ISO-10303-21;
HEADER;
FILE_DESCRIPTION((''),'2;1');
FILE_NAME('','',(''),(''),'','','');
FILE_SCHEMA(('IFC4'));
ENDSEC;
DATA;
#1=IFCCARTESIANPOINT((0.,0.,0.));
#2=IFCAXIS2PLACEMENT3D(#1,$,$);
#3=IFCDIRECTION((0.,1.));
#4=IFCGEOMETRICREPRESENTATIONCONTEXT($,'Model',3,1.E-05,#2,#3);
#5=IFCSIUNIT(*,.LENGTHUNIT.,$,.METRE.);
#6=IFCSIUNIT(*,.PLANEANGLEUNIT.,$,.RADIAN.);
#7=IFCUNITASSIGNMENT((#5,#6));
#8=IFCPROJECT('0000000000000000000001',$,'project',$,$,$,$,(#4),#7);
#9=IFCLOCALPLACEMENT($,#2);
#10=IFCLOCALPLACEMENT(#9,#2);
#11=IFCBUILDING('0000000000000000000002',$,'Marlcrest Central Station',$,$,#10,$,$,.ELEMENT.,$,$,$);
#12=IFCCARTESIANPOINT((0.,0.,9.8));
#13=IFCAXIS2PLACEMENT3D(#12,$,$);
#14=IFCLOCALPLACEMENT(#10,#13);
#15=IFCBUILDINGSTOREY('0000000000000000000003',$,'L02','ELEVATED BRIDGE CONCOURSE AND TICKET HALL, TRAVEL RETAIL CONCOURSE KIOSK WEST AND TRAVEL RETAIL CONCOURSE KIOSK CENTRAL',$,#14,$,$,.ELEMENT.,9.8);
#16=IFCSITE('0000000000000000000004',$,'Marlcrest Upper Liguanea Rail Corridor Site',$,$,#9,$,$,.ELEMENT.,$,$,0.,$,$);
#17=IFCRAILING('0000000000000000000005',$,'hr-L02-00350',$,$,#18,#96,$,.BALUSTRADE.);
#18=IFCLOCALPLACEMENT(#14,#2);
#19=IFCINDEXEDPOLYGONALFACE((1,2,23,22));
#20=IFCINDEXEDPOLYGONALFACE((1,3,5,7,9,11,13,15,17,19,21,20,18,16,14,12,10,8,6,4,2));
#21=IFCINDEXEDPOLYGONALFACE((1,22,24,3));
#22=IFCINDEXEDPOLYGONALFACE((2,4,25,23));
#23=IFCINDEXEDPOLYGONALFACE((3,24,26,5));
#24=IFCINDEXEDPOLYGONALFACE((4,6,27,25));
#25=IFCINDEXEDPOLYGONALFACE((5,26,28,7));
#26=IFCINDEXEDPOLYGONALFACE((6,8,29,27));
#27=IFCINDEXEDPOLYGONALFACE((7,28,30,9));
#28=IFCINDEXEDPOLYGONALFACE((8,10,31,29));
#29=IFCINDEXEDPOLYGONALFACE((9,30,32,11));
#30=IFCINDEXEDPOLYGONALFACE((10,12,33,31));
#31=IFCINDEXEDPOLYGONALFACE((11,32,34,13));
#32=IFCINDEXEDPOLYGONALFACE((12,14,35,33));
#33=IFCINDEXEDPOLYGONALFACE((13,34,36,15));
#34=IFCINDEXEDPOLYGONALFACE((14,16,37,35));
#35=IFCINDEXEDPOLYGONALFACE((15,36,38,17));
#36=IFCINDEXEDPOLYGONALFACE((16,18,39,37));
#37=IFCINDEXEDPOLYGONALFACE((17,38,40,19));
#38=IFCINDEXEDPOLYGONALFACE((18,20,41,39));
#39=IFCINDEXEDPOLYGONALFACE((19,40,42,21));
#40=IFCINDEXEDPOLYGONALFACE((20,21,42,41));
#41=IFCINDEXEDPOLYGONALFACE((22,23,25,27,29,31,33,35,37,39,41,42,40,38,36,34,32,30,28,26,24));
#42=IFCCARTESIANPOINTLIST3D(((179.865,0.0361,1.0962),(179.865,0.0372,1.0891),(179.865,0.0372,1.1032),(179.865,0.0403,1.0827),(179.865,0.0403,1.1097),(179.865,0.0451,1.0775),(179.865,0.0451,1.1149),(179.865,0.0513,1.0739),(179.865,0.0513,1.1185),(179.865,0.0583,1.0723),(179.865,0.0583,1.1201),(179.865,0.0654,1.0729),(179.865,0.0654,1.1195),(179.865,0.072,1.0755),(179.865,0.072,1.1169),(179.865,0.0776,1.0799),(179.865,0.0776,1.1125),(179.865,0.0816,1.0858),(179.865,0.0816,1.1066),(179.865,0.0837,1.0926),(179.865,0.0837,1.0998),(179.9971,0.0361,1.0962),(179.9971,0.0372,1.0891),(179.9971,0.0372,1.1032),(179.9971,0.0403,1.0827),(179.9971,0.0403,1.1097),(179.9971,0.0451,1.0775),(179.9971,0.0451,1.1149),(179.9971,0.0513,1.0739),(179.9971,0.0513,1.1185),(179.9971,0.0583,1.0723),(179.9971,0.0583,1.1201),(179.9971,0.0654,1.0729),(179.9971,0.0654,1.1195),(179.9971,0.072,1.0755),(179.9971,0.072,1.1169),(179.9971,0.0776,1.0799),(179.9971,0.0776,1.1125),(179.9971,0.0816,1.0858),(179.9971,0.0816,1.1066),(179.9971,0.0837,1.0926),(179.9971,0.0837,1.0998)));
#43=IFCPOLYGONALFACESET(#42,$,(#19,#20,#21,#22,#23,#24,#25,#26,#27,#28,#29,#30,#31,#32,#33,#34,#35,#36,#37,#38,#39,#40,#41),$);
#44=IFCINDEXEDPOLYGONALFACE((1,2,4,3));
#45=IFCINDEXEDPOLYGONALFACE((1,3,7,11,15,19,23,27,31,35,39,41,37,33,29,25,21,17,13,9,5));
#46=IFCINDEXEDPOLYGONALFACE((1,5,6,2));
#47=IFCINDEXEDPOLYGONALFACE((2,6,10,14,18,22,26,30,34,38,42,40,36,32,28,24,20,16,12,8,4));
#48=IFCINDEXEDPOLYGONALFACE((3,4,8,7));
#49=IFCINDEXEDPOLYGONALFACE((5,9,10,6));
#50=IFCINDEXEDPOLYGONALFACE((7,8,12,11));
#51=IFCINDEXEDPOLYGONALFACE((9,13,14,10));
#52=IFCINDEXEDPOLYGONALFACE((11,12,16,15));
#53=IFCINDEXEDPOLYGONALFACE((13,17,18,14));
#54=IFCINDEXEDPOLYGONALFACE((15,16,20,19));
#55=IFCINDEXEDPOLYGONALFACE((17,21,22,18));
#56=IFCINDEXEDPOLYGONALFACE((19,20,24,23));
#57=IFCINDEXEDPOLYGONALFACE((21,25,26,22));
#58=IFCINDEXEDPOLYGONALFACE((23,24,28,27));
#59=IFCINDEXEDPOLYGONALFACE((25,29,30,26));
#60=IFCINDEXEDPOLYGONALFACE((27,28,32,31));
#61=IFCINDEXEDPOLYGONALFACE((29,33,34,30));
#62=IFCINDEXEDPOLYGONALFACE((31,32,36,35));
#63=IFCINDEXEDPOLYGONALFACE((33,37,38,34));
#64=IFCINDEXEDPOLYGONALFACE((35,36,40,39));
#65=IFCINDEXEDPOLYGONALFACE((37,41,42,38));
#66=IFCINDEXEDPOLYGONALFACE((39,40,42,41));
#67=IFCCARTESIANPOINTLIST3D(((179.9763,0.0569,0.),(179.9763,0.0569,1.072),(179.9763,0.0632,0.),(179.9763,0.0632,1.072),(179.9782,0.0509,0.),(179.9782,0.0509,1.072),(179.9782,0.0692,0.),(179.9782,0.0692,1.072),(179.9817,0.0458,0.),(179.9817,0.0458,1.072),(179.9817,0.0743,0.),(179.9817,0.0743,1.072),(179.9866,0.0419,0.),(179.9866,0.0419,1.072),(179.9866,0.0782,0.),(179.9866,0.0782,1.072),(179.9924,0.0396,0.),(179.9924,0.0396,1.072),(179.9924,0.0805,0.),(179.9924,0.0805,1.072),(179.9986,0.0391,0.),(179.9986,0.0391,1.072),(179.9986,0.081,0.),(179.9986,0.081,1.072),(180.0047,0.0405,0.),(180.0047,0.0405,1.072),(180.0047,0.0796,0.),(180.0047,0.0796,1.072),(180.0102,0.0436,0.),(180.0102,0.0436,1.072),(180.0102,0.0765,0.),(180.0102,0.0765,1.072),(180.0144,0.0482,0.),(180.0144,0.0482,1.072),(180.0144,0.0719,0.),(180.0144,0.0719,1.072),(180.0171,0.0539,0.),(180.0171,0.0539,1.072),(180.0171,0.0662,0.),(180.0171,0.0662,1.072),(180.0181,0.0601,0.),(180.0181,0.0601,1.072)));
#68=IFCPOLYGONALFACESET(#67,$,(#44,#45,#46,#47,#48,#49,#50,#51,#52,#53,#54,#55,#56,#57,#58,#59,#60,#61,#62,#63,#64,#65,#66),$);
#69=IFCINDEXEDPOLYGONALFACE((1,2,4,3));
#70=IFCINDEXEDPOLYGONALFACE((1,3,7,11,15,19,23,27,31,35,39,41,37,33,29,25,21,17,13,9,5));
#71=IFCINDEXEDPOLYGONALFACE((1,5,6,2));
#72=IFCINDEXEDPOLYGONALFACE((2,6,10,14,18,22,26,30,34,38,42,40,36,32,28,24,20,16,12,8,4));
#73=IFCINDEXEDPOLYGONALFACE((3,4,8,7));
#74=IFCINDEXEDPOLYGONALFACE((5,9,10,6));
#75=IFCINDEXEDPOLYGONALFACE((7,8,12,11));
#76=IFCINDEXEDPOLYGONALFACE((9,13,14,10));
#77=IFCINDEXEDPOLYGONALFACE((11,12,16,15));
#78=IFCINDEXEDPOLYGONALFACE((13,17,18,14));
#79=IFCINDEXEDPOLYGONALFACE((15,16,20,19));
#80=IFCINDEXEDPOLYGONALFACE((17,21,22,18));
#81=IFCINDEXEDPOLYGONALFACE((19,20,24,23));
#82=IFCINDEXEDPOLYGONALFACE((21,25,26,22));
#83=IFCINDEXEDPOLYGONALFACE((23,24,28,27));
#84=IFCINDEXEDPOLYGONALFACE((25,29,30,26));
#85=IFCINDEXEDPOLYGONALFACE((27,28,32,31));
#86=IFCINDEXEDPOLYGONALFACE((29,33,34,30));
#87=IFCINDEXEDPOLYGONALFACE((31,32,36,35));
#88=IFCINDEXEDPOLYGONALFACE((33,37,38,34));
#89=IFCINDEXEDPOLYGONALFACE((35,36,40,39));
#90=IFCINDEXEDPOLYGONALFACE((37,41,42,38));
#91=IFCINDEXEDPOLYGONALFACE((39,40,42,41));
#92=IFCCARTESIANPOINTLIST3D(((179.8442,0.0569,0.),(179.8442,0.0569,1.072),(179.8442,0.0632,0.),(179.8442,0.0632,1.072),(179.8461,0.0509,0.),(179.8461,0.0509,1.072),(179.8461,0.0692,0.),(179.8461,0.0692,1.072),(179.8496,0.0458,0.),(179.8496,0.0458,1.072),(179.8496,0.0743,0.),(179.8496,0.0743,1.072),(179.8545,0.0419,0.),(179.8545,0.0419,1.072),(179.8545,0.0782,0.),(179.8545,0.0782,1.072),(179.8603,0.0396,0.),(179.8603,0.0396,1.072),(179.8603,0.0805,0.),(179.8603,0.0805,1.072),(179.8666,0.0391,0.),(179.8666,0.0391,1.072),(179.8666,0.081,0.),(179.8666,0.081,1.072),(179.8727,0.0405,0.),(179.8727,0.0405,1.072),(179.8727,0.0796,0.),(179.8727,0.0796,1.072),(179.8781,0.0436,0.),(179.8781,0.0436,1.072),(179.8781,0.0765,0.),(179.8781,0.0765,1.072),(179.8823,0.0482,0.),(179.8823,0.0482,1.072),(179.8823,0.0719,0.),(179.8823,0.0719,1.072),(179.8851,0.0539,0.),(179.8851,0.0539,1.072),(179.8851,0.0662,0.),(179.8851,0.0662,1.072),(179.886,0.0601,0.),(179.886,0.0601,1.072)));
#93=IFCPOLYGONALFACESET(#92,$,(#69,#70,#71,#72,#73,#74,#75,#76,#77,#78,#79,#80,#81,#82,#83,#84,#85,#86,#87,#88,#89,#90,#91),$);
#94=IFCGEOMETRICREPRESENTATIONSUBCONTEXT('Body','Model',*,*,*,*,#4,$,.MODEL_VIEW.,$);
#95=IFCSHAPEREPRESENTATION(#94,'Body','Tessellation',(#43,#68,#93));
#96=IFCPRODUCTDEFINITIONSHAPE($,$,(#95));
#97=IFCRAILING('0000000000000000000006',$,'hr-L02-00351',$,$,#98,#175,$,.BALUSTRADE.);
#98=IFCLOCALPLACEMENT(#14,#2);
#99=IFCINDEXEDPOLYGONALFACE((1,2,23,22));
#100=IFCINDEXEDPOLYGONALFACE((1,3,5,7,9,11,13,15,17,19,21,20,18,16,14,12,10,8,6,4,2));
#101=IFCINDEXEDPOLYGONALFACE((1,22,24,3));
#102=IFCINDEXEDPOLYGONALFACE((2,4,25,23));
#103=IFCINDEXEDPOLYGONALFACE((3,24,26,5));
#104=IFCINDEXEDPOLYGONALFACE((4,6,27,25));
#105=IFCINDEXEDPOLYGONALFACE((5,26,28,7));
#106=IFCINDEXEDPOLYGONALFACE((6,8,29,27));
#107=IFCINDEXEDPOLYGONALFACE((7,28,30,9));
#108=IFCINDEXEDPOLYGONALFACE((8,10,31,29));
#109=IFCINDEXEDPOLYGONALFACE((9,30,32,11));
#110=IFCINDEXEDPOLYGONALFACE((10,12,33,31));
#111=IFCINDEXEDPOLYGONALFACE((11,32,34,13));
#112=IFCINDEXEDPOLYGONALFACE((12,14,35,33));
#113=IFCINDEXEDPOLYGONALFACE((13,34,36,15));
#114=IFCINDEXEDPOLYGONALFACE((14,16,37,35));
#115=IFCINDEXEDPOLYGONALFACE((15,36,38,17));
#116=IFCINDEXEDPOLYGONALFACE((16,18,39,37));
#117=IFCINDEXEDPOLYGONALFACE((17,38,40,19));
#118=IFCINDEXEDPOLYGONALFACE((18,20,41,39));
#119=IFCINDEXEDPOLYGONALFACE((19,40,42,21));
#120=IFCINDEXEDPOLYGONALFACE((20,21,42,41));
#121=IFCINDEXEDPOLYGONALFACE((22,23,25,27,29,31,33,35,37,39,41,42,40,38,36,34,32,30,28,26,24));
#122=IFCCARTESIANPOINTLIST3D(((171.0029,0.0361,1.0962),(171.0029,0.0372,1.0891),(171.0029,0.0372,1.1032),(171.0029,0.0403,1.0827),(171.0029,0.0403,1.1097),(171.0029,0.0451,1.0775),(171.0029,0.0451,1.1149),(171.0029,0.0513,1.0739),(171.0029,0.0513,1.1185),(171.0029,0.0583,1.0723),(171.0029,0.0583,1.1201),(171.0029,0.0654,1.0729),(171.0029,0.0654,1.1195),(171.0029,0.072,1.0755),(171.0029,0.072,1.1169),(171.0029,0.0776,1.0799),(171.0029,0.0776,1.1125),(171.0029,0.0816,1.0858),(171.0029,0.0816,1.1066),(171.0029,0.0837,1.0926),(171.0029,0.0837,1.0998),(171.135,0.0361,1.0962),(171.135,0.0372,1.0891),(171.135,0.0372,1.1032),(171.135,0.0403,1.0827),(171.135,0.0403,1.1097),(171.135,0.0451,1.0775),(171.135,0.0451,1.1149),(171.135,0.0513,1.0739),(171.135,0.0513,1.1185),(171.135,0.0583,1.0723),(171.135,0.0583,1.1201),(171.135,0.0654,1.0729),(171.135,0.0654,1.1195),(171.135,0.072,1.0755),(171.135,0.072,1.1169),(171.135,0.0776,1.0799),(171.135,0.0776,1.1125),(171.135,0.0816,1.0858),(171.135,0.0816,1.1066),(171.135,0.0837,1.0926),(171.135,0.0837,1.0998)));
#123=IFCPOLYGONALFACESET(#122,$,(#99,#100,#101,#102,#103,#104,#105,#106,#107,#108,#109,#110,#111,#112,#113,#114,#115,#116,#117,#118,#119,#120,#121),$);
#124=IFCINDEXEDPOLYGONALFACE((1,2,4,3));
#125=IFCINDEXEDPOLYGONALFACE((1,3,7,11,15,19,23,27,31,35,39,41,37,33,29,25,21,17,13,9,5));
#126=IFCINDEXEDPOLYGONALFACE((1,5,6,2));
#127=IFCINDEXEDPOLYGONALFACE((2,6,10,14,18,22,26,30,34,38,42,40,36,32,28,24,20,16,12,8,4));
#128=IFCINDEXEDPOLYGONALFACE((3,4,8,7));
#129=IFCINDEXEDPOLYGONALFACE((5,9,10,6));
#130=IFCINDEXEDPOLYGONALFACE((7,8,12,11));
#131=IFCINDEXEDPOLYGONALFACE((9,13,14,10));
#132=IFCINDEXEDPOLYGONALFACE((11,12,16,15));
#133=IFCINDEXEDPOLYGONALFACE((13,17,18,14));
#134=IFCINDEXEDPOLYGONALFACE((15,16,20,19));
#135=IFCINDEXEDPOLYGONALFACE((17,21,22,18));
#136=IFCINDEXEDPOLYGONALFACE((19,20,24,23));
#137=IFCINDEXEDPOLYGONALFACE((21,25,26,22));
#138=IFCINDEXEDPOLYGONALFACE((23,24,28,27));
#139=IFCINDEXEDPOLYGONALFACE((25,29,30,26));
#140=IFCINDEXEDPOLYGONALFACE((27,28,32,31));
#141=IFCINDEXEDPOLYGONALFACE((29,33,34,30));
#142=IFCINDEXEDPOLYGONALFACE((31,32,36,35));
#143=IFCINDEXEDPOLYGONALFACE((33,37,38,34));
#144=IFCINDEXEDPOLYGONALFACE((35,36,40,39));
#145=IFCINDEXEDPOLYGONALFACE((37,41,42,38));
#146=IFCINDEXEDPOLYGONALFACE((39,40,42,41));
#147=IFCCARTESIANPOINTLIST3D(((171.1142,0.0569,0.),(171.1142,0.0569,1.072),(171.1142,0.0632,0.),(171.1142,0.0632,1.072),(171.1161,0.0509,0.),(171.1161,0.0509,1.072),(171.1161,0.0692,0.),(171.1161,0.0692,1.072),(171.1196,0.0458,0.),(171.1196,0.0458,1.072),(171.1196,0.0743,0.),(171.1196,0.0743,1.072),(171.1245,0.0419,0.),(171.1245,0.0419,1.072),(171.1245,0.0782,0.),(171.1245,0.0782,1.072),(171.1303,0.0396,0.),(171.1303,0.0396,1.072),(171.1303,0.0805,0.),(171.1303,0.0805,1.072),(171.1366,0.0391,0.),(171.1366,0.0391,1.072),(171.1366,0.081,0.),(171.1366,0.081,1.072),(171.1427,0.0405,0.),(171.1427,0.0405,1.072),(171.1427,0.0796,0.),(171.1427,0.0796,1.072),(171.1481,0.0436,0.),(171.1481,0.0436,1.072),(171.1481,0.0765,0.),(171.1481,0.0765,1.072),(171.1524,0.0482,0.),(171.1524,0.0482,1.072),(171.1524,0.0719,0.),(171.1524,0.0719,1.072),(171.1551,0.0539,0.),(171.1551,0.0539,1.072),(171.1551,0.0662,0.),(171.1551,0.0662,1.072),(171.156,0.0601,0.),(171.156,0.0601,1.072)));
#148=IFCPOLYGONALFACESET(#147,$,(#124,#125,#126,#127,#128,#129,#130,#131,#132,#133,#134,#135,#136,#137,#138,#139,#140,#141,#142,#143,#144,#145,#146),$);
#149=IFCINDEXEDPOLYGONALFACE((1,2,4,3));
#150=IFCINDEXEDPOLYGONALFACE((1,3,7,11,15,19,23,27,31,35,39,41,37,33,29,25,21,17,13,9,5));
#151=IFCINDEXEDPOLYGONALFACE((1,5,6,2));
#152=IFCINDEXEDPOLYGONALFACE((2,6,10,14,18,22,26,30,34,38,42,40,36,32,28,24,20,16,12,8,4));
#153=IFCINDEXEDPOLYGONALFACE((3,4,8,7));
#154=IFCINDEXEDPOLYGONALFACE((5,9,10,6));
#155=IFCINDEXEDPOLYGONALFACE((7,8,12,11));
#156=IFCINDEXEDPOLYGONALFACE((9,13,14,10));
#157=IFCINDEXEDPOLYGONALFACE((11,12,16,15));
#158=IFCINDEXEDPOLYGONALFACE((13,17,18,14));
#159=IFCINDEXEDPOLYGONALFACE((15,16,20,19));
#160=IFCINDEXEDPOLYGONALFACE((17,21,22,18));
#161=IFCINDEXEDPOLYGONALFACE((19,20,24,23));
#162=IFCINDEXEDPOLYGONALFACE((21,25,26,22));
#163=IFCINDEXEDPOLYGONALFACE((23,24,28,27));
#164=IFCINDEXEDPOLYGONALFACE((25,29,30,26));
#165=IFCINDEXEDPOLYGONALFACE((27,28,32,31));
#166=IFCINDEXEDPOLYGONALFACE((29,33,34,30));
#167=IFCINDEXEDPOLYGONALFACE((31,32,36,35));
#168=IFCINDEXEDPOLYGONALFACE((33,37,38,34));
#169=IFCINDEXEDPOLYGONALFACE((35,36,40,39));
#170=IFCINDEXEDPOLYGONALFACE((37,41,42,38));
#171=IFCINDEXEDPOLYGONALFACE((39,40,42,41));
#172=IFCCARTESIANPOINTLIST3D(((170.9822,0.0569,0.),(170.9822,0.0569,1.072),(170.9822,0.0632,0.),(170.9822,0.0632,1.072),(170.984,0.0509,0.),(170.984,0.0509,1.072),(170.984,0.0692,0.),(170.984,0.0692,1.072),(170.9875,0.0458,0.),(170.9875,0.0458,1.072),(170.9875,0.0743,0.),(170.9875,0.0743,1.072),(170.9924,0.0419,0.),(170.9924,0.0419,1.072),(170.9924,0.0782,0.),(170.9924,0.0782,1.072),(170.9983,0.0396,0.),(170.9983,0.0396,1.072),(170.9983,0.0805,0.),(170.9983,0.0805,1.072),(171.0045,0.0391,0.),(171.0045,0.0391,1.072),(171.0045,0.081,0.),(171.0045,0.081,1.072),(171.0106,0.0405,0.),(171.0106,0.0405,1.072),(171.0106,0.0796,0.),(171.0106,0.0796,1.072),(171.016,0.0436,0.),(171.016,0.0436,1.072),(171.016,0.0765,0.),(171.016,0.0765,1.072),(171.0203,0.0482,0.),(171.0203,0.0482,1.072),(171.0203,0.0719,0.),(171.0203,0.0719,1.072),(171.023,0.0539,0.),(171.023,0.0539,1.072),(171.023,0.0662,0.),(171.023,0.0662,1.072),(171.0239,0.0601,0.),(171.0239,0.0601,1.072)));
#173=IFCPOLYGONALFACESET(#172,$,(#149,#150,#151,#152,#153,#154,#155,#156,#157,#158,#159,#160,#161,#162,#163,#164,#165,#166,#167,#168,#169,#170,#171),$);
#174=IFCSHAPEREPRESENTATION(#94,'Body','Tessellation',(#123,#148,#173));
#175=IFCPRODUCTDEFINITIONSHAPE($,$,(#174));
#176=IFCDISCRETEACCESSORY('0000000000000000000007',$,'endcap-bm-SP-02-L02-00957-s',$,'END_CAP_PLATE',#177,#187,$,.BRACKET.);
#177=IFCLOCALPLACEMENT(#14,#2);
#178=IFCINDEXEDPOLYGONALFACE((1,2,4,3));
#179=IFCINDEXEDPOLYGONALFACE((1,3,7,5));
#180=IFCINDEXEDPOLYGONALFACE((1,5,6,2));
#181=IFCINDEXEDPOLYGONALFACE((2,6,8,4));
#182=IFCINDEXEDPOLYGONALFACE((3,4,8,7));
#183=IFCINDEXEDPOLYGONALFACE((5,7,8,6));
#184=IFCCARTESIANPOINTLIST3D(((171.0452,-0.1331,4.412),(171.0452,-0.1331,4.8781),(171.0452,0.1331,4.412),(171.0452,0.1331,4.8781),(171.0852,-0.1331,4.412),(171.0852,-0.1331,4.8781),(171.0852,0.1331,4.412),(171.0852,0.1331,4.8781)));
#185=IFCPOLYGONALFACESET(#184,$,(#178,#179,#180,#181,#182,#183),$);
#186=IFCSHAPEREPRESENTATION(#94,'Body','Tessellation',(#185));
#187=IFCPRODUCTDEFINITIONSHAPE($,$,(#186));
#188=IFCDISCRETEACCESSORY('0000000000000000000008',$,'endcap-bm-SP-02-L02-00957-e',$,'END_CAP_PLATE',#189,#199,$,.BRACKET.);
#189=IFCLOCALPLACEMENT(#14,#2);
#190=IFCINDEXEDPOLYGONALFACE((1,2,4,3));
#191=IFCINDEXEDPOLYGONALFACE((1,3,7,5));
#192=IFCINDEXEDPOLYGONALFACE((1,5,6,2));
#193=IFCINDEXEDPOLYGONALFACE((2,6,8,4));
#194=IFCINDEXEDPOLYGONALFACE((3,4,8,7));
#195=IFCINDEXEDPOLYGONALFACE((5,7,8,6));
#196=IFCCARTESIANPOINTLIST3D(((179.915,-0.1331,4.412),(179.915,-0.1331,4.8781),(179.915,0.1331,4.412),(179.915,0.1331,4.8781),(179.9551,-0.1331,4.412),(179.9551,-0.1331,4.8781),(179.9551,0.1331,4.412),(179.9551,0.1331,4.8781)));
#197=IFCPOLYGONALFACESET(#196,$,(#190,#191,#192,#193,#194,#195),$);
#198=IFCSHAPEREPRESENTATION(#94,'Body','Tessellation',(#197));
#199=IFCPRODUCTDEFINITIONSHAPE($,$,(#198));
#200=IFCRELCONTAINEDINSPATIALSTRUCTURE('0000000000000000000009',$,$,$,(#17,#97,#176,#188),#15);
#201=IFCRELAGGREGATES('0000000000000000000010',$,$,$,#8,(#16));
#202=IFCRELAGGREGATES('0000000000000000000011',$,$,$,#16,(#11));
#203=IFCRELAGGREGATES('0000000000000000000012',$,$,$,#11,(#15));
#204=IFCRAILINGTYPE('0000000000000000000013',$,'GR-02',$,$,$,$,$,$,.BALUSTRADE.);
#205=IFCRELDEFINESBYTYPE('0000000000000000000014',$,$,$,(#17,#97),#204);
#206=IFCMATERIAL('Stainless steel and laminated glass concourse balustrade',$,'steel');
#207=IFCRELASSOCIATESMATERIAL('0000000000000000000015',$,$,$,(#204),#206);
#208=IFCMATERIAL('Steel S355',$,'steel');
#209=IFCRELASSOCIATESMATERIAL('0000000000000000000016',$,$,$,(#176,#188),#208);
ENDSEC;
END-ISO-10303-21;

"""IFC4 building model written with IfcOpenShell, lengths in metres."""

from ifc_helpers import new_model, si_unit, direction, frame, origin, origin_2d, place, context, subcontext, project, spatial, rectangle, circle, extrude, material, type_object, element, save


model = new_model("IFC4")

# Units and contexts
model_context = context("Model", 3, precision=1e-05, world=origin(), true_north=direction((0.0, 1.0)))
body_context = subcontext(model_context, "Body", "Model", "MODEL_VIEW")
ifc_project = project(units=[si_unit("LENGTHUNIT", "METRE"), si_unit("PLANEANGLEUNIT", "RADIAN")], contexts=[model_context])

# Site, building, storey
site_placement = place(None, origin())
site = spatial("IfcSite", under=ifc_project, at=site_placement, Name="Marlcrest Upper Liguanea Rail Corridor Site", CompositionType="ELEMENT", RefElevation=0.0)
building_placement = place(site_placement, origin())
building = spatial("IfcBuilding", under=site, at=building_placement, Name="Marlcrest Central Station", CompositionType="ELEMENT")
storey_placement = place(building_placement, frame((0.0, 0.0, 9.8)))
storey = spatial("IfcBuildingStorey", under=building, at=storey_placement, Name="L02", Description="ELEVATED BRIDGE CONCOURSE AND TICKET HALL, TRAVEL RETAIL CONCOURSE KIOSK WEST AND TRAVEL RETAIL CONCOURSE KIOSK CENTRAL", CompositionType="ELEMENT", Elevation=9.8)

# Shared definitions
ifc_material_1 = material(Name="Steel S355", Category="steel")

# Railings
ifc_material_2 = material(Name="Stainless steel and laminated glass concourse balustrade", Category="steel")
railing_type = type_object("IfcRailingType", Name="GR-02", PredefinedType="BALUSTRADE", material=ifc_material_2)
for number, where, name in (
    (1, (179.9971, 0.0601, 0.0), "hr-L02-00350"),
    (2, (171.135, 0.0601, 0.0), "hr-L02-00351"),
):
    element("IfcRailing", number, at=place(storey_placement, frame(where)), inside=storey, type_object=railing_type, Name=name, PredefinedType="BALUSTRADE", context=body_context, shape_type="SweptSolid", body=[
        extrude(circle(Radius=0.0239, at=origin_2d()), frame((0.0, 0.0, 1.0962), z_axis=(-1.0, 0.0, 0.0), x_axis=(0.0, -1.0, 0.0)), (0.0, 0.0, 1.0), 0.1321),
        extrude(circle(Radius=0.021, at=origin_2d()), origin(), (0.0, 0.0, 1.0), 1.072),
        extrude(circle(Radius=0.021, at=origin_2d()), frame((-0.1321, 0.0, 0.0)), (0.0, 0.0, 1.0), 1.072),
    ])

# Discrete accessories
for number, where, z_axis, x_axis, name in (
    (3, (171.0452, 0.0, 4.645), (1.0, 0.0, 0.0), (0.0, 1.0, 0.0), "endcap-bm-SP-02-L02-00957-s"),
    (4, (179.915, 0.0, 4.645), (1.0, 0.0, 0.0), (0.0, 1.0, 0.0), "endcap-bm-SP-02-L02-00957-e"),
):
    element("IfcDiscreteAccessory", number, at=place(storey_placement, frame(where, z_axis=z_axis, x_axis=x_axis)), inside=storey, material=ifc_material_1, Name=name, ObjectType="END_CAP_PLATE", PredefinedType="BRACKET", context=body_context, shape_type="SweptSolid", body=[
        extrude(rectangle(XDim=0.2661, YDim=0.4661, at=origin_2d()), origin(), (0.0, 0.0, 1.0), 0.04),
    ])

save(model, "model.ifc")
